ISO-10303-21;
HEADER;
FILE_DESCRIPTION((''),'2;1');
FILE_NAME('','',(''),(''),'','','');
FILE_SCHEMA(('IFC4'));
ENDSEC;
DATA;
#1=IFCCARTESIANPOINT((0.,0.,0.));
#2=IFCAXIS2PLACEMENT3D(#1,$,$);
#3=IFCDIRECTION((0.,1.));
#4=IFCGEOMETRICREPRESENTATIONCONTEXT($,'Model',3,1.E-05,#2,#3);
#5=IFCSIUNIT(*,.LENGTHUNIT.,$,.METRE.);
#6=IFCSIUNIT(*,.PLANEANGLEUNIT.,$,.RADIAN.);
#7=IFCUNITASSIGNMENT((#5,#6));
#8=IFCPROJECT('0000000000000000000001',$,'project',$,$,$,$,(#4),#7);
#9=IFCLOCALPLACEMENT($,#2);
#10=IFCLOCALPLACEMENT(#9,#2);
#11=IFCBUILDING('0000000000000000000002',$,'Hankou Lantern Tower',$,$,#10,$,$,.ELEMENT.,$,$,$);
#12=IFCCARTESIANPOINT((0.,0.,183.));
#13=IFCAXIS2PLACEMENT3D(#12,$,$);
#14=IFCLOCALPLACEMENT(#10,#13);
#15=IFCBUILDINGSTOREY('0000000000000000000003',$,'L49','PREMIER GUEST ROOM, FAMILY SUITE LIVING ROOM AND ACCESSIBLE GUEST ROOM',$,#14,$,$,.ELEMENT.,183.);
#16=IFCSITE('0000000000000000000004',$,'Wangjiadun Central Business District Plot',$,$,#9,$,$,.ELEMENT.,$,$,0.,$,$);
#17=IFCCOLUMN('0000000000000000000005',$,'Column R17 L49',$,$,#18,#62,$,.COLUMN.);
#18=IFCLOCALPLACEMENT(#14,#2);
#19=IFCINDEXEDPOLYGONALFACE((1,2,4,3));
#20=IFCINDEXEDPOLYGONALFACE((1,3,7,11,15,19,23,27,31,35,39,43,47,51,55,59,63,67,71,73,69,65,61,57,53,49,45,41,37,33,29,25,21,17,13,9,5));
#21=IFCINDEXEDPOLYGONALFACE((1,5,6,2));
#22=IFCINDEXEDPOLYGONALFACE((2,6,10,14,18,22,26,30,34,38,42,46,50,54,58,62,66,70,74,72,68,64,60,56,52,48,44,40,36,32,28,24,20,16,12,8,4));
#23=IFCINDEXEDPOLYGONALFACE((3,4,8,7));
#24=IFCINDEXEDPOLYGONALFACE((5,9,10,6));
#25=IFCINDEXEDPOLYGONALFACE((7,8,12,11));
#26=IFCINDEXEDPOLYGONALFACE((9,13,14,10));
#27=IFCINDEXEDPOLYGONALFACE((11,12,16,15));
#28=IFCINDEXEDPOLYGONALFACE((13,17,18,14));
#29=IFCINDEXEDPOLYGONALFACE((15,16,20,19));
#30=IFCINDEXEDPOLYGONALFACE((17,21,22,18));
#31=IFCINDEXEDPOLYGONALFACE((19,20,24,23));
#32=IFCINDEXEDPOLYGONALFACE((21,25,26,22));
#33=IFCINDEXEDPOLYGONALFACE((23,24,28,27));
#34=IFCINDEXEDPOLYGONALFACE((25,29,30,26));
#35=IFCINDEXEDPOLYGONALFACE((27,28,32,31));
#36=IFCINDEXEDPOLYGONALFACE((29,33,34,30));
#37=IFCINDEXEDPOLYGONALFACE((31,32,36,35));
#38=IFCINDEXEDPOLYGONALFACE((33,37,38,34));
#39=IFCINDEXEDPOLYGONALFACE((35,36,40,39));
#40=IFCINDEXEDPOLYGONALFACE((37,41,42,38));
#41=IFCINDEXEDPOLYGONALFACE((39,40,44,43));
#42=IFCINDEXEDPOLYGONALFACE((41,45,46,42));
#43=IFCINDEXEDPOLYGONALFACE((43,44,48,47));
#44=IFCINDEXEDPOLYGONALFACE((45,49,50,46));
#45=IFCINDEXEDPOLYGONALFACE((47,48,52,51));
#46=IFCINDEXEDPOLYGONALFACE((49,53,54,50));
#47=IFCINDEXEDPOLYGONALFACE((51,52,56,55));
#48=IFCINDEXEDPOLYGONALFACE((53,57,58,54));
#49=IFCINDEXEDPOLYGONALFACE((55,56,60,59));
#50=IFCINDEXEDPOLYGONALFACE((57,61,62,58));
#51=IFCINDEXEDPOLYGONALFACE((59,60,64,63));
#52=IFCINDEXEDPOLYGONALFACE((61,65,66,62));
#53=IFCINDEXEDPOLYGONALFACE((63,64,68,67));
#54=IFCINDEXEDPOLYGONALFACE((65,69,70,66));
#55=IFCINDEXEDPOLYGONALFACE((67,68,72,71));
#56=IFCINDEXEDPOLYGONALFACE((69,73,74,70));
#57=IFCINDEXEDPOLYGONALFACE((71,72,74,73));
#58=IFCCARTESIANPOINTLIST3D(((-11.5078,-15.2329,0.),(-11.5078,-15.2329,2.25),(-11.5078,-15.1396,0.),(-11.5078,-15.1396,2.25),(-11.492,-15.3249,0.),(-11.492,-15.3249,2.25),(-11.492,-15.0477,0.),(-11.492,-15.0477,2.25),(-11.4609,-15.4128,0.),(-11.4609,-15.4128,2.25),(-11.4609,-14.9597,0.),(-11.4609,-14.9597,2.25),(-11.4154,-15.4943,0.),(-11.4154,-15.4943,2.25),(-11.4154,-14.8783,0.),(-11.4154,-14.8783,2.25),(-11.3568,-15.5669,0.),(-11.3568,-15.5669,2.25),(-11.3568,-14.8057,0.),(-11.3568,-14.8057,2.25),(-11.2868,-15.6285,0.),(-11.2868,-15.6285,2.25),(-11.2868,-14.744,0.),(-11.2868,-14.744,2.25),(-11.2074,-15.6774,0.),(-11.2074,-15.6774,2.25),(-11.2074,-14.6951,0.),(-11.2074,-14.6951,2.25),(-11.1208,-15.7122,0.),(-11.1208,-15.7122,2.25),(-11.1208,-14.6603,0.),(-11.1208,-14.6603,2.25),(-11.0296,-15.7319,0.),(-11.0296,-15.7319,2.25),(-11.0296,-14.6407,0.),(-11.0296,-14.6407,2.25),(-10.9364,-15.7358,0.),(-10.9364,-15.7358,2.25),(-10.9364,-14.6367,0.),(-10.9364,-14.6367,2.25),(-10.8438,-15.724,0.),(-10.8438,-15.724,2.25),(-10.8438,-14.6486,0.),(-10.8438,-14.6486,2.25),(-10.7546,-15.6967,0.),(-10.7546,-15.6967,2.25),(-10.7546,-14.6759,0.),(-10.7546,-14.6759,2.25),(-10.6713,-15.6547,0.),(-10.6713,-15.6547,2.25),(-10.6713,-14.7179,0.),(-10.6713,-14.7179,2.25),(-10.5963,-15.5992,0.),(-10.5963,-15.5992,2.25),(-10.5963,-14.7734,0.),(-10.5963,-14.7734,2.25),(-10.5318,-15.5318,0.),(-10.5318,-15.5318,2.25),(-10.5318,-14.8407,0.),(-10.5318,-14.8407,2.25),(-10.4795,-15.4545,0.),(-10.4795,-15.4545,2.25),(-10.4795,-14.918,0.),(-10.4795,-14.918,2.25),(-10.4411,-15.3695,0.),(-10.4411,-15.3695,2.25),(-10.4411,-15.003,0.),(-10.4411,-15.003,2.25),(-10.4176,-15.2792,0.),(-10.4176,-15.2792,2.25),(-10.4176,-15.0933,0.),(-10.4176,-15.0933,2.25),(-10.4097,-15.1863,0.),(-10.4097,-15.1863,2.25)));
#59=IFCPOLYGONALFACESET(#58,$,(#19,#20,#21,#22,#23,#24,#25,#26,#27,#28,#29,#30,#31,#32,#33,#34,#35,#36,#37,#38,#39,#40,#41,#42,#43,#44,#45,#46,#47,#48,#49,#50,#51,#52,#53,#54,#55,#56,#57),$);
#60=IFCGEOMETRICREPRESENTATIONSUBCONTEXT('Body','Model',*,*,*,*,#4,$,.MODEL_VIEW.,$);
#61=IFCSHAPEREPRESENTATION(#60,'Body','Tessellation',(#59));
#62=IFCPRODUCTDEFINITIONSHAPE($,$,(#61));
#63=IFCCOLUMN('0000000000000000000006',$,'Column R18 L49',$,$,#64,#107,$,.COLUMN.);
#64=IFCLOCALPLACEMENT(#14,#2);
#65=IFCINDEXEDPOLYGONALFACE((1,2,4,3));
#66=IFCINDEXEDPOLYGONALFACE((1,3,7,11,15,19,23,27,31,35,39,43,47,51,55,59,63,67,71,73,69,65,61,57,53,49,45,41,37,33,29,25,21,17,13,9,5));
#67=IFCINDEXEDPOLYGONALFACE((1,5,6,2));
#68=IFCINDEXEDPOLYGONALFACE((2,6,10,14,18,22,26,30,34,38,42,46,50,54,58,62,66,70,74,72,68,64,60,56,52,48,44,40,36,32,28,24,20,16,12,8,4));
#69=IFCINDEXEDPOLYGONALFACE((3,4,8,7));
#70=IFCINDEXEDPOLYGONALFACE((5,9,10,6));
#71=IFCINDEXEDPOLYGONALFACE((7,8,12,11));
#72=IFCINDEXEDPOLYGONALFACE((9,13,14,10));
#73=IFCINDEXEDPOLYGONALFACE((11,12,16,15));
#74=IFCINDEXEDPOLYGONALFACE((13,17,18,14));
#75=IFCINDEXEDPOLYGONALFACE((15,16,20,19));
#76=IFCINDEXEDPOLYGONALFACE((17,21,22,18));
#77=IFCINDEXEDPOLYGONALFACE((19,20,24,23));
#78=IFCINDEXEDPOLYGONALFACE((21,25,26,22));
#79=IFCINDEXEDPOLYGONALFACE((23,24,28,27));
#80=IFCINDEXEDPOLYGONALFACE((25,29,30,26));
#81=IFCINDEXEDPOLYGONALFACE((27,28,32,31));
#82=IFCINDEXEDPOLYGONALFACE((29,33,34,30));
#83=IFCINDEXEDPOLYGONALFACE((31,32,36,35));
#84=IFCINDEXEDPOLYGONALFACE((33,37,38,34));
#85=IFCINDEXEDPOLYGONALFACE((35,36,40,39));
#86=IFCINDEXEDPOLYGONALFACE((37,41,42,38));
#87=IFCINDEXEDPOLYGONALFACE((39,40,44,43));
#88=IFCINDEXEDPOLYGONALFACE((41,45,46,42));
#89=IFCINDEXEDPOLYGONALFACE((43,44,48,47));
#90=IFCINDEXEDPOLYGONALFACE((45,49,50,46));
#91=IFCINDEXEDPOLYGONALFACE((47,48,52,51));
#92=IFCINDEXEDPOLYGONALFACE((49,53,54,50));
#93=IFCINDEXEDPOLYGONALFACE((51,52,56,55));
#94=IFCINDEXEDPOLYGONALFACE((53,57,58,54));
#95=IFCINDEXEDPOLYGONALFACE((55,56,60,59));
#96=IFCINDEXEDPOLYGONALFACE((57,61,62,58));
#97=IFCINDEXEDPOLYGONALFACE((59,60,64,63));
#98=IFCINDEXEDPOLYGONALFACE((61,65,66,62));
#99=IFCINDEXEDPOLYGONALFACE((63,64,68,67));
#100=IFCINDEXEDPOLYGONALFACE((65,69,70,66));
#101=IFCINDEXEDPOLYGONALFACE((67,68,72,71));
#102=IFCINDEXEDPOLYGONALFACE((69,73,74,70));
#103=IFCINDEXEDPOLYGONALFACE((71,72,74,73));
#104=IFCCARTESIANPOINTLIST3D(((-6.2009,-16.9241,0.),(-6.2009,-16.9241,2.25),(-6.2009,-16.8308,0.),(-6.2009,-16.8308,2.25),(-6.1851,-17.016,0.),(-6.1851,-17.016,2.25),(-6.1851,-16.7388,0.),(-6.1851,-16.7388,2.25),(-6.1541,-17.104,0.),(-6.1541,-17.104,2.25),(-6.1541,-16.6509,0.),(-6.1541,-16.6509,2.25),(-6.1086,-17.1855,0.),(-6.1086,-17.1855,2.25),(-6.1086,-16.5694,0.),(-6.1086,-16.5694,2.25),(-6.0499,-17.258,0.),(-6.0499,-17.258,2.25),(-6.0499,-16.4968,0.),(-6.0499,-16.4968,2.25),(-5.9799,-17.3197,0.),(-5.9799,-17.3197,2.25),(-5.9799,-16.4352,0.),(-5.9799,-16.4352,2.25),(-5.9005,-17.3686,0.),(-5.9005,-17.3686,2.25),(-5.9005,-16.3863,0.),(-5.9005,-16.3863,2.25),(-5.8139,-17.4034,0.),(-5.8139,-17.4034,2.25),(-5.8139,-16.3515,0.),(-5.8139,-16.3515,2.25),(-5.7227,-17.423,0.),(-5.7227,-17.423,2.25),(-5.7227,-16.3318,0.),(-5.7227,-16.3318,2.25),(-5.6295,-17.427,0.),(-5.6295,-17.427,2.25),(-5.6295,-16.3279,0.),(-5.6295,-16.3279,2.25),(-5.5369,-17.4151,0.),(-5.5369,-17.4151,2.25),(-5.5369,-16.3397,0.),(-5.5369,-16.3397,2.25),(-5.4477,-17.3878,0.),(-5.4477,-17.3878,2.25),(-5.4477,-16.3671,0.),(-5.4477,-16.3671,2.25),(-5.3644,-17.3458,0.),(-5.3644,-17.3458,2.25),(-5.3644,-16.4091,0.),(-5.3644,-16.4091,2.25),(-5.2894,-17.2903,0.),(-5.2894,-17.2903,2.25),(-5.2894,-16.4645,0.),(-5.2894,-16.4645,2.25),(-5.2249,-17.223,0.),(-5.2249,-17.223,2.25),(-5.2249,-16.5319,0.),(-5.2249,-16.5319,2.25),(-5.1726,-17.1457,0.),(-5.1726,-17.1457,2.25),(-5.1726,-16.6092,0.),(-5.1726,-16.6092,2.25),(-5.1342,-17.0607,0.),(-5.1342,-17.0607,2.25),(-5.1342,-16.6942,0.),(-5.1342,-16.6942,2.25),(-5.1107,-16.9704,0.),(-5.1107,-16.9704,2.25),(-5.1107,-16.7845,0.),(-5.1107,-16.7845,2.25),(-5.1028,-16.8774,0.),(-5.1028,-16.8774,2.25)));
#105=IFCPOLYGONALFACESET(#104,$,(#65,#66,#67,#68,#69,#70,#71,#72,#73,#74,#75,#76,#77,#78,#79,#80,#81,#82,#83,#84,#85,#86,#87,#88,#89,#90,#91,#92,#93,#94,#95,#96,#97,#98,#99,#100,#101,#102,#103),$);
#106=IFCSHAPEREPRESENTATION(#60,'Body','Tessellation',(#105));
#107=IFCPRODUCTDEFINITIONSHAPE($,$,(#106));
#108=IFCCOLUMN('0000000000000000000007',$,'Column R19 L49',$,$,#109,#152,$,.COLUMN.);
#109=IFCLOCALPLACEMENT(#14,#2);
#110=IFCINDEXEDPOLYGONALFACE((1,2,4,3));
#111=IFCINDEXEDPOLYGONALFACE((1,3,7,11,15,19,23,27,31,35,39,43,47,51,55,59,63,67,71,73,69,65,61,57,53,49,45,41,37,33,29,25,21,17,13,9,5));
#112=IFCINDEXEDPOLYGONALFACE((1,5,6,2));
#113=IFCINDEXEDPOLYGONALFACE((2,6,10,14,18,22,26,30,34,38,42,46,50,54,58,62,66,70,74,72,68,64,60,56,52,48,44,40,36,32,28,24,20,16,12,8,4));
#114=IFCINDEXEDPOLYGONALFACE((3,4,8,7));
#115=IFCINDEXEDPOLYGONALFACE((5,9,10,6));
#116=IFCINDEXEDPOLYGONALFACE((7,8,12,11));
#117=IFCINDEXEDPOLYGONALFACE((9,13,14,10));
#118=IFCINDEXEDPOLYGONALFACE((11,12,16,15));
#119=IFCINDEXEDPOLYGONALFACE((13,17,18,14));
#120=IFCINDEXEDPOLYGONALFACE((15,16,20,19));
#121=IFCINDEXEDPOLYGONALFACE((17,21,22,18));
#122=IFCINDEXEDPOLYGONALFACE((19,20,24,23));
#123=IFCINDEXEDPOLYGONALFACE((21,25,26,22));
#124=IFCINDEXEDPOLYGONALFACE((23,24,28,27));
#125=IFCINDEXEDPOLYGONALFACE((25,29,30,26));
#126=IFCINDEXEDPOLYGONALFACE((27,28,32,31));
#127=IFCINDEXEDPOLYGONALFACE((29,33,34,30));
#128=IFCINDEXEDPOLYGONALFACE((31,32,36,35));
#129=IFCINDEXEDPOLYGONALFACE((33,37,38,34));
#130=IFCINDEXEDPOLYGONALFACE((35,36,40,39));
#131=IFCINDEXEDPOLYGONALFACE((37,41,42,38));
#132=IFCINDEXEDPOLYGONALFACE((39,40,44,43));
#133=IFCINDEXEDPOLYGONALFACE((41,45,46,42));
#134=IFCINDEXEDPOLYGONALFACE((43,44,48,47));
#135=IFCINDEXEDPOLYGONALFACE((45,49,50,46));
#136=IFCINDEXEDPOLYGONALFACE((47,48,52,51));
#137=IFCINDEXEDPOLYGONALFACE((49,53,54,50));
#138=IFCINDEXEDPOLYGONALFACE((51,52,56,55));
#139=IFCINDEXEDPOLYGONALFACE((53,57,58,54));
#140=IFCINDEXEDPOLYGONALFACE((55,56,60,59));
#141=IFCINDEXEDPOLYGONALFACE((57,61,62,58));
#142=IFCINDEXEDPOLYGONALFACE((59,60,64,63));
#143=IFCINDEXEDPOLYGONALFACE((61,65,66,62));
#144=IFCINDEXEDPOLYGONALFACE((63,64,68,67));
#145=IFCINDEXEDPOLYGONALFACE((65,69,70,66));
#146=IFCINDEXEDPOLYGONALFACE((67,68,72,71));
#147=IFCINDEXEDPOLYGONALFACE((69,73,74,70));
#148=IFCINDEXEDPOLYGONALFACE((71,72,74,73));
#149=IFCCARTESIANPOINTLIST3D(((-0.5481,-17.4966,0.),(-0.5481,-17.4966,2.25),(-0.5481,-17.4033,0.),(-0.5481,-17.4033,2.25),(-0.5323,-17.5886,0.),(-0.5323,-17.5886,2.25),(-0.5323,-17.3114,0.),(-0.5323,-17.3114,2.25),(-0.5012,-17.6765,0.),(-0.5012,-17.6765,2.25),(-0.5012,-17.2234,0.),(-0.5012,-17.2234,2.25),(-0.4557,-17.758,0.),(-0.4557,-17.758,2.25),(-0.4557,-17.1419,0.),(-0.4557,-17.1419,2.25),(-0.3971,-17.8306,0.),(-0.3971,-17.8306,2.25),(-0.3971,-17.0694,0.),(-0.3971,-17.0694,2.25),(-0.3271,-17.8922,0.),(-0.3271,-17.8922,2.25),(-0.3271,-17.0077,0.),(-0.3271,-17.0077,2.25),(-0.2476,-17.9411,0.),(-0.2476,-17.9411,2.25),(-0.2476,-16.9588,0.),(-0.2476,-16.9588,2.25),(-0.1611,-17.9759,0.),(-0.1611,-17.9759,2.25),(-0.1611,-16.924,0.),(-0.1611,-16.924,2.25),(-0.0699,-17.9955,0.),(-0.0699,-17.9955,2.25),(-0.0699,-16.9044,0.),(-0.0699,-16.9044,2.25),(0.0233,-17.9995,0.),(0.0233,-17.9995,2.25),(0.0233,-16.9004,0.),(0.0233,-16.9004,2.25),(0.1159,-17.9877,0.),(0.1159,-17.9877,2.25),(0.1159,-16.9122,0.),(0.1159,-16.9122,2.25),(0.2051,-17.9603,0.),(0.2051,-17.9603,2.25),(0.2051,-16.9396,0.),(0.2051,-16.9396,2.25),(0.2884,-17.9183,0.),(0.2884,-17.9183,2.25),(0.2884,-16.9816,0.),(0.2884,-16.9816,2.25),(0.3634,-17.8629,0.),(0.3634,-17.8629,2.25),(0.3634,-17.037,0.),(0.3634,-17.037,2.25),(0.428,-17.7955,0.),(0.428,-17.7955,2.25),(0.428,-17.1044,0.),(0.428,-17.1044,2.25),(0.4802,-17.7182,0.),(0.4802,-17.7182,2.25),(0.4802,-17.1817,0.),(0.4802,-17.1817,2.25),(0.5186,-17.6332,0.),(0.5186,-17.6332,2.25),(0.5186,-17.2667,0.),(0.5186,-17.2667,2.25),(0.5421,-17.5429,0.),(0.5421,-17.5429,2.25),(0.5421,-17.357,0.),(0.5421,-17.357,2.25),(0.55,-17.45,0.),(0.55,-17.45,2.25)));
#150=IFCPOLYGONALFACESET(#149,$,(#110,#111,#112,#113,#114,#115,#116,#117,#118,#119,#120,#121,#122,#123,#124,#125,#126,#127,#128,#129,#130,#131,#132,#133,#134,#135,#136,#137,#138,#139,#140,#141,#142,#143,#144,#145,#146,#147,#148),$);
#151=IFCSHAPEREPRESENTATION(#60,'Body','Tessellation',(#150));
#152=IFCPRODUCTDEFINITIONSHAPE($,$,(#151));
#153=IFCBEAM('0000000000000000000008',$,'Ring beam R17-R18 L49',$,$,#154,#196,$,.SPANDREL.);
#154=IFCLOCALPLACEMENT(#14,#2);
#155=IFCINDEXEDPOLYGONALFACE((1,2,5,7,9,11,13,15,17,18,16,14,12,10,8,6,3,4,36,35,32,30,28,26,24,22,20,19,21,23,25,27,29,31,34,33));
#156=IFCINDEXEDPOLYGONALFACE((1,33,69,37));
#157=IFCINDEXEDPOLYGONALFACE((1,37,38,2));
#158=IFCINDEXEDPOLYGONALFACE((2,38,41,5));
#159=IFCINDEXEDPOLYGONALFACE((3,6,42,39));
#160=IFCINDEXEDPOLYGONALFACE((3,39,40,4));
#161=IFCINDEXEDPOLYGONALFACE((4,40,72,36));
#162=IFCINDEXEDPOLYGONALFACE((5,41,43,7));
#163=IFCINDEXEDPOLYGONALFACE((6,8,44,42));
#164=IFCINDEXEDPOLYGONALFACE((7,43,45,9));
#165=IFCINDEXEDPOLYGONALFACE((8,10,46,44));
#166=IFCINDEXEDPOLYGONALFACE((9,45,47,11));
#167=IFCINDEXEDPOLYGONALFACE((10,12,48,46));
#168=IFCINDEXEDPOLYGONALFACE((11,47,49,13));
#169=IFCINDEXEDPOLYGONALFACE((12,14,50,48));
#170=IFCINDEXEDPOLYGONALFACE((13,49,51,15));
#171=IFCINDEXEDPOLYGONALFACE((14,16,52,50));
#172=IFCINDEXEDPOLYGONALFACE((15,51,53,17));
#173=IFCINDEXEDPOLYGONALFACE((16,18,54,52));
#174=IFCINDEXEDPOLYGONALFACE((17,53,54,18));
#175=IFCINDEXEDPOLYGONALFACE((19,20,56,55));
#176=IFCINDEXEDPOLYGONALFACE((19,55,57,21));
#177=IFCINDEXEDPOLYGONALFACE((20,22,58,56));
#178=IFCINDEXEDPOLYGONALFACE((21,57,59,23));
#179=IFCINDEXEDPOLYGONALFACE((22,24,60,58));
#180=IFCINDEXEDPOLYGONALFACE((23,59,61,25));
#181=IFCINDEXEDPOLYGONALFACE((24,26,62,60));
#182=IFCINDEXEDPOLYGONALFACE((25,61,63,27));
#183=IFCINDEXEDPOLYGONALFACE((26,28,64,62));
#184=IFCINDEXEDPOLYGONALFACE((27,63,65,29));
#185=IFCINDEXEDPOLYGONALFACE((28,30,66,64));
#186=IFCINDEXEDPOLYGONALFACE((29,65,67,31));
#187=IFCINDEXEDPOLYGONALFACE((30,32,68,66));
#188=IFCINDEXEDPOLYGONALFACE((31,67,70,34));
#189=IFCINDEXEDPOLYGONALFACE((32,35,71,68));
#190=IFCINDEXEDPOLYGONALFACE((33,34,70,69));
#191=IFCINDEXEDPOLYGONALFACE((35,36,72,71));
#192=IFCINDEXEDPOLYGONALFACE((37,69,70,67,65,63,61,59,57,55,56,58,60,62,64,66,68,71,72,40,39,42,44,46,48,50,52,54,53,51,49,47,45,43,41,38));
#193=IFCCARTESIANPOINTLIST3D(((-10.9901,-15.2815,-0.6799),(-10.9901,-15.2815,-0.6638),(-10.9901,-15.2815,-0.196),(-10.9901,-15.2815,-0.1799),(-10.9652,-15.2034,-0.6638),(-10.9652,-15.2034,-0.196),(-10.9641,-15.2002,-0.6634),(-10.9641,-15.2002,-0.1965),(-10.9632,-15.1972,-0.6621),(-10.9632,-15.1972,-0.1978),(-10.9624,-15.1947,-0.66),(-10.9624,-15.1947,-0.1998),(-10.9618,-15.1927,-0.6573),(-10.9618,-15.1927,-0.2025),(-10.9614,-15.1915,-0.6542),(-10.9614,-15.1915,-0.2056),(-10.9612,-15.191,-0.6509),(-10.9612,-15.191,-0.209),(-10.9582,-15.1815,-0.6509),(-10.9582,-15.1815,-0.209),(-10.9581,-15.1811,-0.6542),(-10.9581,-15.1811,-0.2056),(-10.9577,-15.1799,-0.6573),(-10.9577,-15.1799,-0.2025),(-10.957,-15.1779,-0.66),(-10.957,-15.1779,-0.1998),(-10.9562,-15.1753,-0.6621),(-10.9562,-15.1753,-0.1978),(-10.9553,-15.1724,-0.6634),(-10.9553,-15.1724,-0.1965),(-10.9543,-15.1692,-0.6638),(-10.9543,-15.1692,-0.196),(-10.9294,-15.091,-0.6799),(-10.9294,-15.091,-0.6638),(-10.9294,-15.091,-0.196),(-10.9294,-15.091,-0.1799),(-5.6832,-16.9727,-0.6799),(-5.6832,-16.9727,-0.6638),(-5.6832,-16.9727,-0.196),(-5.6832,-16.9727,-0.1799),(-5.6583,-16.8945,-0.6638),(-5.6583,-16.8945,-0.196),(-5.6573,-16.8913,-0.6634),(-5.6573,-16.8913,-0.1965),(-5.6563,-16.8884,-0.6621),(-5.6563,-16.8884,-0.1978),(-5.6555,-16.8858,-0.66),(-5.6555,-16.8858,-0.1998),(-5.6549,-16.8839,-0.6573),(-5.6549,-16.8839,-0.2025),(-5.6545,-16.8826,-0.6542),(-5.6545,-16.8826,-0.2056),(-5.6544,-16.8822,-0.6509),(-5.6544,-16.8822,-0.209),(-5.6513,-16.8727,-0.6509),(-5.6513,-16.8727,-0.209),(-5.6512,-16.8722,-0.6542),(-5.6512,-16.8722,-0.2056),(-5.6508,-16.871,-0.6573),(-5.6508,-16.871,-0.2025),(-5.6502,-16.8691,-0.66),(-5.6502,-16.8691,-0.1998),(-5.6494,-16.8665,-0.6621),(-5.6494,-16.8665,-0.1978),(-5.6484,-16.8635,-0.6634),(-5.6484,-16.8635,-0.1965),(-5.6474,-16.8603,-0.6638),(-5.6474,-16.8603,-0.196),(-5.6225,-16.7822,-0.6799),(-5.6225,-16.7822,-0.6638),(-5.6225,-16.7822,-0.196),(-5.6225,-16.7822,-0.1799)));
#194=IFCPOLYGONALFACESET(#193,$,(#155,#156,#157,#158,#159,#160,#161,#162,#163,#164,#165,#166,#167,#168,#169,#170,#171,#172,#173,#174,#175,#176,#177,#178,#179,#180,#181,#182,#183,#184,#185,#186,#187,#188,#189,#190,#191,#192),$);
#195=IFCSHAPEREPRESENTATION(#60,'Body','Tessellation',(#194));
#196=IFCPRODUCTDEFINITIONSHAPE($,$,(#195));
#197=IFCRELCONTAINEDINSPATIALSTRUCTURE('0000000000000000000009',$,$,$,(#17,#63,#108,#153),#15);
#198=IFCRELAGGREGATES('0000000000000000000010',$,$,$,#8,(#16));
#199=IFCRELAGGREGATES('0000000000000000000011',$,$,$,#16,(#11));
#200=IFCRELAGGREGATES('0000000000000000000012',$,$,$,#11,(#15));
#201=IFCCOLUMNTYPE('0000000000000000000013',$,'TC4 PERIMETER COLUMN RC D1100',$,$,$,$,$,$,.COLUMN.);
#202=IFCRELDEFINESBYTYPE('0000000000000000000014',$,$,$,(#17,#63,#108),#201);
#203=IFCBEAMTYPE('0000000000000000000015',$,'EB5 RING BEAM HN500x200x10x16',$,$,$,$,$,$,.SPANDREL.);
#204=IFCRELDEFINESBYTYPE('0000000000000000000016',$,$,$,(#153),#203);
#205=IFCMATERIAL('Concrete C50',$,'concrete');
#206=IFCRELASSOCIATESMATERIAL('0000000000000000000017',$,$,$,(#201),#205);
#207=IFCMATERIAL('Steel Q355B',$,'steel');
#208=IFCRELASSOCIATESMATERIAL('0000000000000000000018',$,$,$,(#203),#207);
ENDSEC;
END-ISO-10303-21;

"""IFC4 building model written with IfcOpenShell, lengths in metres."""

from ifc_helpers import new_model, si_unit, direction, frame, origin, origin_2d, place, context, subcontext, project, spatial, circle, i_section, extrude, clip, halfspace, material, material_profile, profile_set, type_object, element, save


model = new_model("IFC4")

# Units and contexts
model_context = context("Model", 3, precision=1e-05, world=origin(), true_north=direction((0.0, 1.0)))
body_context = subcontext(model_context, "Body", "Model", "MODEL_VIEW")
ifc_project = project(units=[si_unit("LENGTHUNIT", "METRE"), si_unit("PLANEANGLEUNIT", "RADIAN")], contexts=[model_context])

# Site, building, storey
site_placement = place(None, origin())
site = spatial("IfcSite", under=ifc_project, at=site_placement, Name="Wangjiadun Central Business District Plot", CompositionType="ELEMENT", RefElevation=0.0)
building_placement = place(site_placement, origin())
building = spatial("IfcBuilding", under=site, at=building_placement, Name="Hankou Lantern Tower", CompositionType="ELEMENT")
storey_placement = place(building_placement, frame((0.0, 0.0, 183.0)))
storey = spatial("IfcBuildingStorey", under=building, at=storey_placement, Name="L49", Description="PREMIER GUEST ROOM, FAMILY SUITE LIVING ROOM AND ACCESSIBLE GUEST ROOM", CompositionType="ELEMENT", Elevation=183.0)

# Columns
ifc_material_1 = material(Name="Concrete C50", Category="concrete")
ifc_material_profile_1 = material_profile(ifc_material_1, circle(Radius=0.55, at=origin_2d()), Name="RC D1100")
ifc_profile_set_1 = profile_set([ifc_material_profile_1], Name="Concrete C50")
column_type = type_object("IfcColumnType", Name="TC4 PERIMETER COLUMN RC D1100", PredefinedType="COLUMN", material=ifc_profile_set_1)
for number, where, z_axis, x_axis, name in (
    (1, (-10.9597, -15.1863, 0.0), (0.0, 0.0, 1.0), (1.0, 0.0, 0.0), "Column R17 L49"),
    (2, (-5.6528, -16.8774, 0.0), (0.0, 0.0, 1.0), (1.0, 0.0, 0.0), "Column R18 L49"),
    (3, (0.0, -17.45, 0.0), (0.0, 0.0, 1.0), (1.0, 0.0, 0.0), "Column R19 L49"),
):
    element("IfcColumn", number, at=place(storey_placement, frame(where, z_axis=z_axis, x_axis=x_axis)), inside=storey, type_object=column_type, Name=name, PredefinedType="COLUMN", context=body_context, shape_type="Clipping", body=[
        clip(extrude(circle(Radius=0.55, at=origin_2d()), origin(), (0.0, 0.0, 1.0), 3.3), halfspace(frame((0.0, 0.0, 2.25), z_axis=(0.0, 0.0, 1.0), x_axis=(1.0, 0.0, 0.0)), False)),
    ])

# Beam
ifc_material_2 = material(Name="Steel Q355B", Category="steel")
ifc_material_profile_2 = material_profile(ifc_material_2, i_section(OverallWidth=0.2, OverallDepth=0.5, WebThickness=0.01, FlangeThickness=0.0161, FilletRadius=0.0129, at=origin_2d()), Name="HN500x200x10x16")
ifc_profile_set_2 = profile_set([ifc_material_profile_2], Name="Steel Q355B")
beam_type_1 = type_object("IfcBeamType", Name="EB5 RING BEAM HN500x200x10x16", PredefinedType="SPANDREL", material=ifc_profile_set_2)
beam_1_placement = place(storey_placement, frame((-10.9597, -15.1863, -0.4299), z_axis=(0.95279, -0.303629, 0.0), x_axis=(0.303629, 0.95279, 0.0)))
element("IfcBeam", 4, at=beam_1_placement, inside=storey, type_object=beam_type_1, Name="Ring beam R17-R18 L49", PredefinedType="SPANDREL", context=body_context, shape_type="SweptSolid", body=[
    extrude(i_section(OverallWidth=0.2, OverallDepth=0.5, WebThickness=0.01, FlangeThickness=0.0161, FilletRadius=0.0129, at=origin_2d()), origin(), (0.0, 0.0, 1.0), 5.5698),
])

save(model, "model.ifc")
